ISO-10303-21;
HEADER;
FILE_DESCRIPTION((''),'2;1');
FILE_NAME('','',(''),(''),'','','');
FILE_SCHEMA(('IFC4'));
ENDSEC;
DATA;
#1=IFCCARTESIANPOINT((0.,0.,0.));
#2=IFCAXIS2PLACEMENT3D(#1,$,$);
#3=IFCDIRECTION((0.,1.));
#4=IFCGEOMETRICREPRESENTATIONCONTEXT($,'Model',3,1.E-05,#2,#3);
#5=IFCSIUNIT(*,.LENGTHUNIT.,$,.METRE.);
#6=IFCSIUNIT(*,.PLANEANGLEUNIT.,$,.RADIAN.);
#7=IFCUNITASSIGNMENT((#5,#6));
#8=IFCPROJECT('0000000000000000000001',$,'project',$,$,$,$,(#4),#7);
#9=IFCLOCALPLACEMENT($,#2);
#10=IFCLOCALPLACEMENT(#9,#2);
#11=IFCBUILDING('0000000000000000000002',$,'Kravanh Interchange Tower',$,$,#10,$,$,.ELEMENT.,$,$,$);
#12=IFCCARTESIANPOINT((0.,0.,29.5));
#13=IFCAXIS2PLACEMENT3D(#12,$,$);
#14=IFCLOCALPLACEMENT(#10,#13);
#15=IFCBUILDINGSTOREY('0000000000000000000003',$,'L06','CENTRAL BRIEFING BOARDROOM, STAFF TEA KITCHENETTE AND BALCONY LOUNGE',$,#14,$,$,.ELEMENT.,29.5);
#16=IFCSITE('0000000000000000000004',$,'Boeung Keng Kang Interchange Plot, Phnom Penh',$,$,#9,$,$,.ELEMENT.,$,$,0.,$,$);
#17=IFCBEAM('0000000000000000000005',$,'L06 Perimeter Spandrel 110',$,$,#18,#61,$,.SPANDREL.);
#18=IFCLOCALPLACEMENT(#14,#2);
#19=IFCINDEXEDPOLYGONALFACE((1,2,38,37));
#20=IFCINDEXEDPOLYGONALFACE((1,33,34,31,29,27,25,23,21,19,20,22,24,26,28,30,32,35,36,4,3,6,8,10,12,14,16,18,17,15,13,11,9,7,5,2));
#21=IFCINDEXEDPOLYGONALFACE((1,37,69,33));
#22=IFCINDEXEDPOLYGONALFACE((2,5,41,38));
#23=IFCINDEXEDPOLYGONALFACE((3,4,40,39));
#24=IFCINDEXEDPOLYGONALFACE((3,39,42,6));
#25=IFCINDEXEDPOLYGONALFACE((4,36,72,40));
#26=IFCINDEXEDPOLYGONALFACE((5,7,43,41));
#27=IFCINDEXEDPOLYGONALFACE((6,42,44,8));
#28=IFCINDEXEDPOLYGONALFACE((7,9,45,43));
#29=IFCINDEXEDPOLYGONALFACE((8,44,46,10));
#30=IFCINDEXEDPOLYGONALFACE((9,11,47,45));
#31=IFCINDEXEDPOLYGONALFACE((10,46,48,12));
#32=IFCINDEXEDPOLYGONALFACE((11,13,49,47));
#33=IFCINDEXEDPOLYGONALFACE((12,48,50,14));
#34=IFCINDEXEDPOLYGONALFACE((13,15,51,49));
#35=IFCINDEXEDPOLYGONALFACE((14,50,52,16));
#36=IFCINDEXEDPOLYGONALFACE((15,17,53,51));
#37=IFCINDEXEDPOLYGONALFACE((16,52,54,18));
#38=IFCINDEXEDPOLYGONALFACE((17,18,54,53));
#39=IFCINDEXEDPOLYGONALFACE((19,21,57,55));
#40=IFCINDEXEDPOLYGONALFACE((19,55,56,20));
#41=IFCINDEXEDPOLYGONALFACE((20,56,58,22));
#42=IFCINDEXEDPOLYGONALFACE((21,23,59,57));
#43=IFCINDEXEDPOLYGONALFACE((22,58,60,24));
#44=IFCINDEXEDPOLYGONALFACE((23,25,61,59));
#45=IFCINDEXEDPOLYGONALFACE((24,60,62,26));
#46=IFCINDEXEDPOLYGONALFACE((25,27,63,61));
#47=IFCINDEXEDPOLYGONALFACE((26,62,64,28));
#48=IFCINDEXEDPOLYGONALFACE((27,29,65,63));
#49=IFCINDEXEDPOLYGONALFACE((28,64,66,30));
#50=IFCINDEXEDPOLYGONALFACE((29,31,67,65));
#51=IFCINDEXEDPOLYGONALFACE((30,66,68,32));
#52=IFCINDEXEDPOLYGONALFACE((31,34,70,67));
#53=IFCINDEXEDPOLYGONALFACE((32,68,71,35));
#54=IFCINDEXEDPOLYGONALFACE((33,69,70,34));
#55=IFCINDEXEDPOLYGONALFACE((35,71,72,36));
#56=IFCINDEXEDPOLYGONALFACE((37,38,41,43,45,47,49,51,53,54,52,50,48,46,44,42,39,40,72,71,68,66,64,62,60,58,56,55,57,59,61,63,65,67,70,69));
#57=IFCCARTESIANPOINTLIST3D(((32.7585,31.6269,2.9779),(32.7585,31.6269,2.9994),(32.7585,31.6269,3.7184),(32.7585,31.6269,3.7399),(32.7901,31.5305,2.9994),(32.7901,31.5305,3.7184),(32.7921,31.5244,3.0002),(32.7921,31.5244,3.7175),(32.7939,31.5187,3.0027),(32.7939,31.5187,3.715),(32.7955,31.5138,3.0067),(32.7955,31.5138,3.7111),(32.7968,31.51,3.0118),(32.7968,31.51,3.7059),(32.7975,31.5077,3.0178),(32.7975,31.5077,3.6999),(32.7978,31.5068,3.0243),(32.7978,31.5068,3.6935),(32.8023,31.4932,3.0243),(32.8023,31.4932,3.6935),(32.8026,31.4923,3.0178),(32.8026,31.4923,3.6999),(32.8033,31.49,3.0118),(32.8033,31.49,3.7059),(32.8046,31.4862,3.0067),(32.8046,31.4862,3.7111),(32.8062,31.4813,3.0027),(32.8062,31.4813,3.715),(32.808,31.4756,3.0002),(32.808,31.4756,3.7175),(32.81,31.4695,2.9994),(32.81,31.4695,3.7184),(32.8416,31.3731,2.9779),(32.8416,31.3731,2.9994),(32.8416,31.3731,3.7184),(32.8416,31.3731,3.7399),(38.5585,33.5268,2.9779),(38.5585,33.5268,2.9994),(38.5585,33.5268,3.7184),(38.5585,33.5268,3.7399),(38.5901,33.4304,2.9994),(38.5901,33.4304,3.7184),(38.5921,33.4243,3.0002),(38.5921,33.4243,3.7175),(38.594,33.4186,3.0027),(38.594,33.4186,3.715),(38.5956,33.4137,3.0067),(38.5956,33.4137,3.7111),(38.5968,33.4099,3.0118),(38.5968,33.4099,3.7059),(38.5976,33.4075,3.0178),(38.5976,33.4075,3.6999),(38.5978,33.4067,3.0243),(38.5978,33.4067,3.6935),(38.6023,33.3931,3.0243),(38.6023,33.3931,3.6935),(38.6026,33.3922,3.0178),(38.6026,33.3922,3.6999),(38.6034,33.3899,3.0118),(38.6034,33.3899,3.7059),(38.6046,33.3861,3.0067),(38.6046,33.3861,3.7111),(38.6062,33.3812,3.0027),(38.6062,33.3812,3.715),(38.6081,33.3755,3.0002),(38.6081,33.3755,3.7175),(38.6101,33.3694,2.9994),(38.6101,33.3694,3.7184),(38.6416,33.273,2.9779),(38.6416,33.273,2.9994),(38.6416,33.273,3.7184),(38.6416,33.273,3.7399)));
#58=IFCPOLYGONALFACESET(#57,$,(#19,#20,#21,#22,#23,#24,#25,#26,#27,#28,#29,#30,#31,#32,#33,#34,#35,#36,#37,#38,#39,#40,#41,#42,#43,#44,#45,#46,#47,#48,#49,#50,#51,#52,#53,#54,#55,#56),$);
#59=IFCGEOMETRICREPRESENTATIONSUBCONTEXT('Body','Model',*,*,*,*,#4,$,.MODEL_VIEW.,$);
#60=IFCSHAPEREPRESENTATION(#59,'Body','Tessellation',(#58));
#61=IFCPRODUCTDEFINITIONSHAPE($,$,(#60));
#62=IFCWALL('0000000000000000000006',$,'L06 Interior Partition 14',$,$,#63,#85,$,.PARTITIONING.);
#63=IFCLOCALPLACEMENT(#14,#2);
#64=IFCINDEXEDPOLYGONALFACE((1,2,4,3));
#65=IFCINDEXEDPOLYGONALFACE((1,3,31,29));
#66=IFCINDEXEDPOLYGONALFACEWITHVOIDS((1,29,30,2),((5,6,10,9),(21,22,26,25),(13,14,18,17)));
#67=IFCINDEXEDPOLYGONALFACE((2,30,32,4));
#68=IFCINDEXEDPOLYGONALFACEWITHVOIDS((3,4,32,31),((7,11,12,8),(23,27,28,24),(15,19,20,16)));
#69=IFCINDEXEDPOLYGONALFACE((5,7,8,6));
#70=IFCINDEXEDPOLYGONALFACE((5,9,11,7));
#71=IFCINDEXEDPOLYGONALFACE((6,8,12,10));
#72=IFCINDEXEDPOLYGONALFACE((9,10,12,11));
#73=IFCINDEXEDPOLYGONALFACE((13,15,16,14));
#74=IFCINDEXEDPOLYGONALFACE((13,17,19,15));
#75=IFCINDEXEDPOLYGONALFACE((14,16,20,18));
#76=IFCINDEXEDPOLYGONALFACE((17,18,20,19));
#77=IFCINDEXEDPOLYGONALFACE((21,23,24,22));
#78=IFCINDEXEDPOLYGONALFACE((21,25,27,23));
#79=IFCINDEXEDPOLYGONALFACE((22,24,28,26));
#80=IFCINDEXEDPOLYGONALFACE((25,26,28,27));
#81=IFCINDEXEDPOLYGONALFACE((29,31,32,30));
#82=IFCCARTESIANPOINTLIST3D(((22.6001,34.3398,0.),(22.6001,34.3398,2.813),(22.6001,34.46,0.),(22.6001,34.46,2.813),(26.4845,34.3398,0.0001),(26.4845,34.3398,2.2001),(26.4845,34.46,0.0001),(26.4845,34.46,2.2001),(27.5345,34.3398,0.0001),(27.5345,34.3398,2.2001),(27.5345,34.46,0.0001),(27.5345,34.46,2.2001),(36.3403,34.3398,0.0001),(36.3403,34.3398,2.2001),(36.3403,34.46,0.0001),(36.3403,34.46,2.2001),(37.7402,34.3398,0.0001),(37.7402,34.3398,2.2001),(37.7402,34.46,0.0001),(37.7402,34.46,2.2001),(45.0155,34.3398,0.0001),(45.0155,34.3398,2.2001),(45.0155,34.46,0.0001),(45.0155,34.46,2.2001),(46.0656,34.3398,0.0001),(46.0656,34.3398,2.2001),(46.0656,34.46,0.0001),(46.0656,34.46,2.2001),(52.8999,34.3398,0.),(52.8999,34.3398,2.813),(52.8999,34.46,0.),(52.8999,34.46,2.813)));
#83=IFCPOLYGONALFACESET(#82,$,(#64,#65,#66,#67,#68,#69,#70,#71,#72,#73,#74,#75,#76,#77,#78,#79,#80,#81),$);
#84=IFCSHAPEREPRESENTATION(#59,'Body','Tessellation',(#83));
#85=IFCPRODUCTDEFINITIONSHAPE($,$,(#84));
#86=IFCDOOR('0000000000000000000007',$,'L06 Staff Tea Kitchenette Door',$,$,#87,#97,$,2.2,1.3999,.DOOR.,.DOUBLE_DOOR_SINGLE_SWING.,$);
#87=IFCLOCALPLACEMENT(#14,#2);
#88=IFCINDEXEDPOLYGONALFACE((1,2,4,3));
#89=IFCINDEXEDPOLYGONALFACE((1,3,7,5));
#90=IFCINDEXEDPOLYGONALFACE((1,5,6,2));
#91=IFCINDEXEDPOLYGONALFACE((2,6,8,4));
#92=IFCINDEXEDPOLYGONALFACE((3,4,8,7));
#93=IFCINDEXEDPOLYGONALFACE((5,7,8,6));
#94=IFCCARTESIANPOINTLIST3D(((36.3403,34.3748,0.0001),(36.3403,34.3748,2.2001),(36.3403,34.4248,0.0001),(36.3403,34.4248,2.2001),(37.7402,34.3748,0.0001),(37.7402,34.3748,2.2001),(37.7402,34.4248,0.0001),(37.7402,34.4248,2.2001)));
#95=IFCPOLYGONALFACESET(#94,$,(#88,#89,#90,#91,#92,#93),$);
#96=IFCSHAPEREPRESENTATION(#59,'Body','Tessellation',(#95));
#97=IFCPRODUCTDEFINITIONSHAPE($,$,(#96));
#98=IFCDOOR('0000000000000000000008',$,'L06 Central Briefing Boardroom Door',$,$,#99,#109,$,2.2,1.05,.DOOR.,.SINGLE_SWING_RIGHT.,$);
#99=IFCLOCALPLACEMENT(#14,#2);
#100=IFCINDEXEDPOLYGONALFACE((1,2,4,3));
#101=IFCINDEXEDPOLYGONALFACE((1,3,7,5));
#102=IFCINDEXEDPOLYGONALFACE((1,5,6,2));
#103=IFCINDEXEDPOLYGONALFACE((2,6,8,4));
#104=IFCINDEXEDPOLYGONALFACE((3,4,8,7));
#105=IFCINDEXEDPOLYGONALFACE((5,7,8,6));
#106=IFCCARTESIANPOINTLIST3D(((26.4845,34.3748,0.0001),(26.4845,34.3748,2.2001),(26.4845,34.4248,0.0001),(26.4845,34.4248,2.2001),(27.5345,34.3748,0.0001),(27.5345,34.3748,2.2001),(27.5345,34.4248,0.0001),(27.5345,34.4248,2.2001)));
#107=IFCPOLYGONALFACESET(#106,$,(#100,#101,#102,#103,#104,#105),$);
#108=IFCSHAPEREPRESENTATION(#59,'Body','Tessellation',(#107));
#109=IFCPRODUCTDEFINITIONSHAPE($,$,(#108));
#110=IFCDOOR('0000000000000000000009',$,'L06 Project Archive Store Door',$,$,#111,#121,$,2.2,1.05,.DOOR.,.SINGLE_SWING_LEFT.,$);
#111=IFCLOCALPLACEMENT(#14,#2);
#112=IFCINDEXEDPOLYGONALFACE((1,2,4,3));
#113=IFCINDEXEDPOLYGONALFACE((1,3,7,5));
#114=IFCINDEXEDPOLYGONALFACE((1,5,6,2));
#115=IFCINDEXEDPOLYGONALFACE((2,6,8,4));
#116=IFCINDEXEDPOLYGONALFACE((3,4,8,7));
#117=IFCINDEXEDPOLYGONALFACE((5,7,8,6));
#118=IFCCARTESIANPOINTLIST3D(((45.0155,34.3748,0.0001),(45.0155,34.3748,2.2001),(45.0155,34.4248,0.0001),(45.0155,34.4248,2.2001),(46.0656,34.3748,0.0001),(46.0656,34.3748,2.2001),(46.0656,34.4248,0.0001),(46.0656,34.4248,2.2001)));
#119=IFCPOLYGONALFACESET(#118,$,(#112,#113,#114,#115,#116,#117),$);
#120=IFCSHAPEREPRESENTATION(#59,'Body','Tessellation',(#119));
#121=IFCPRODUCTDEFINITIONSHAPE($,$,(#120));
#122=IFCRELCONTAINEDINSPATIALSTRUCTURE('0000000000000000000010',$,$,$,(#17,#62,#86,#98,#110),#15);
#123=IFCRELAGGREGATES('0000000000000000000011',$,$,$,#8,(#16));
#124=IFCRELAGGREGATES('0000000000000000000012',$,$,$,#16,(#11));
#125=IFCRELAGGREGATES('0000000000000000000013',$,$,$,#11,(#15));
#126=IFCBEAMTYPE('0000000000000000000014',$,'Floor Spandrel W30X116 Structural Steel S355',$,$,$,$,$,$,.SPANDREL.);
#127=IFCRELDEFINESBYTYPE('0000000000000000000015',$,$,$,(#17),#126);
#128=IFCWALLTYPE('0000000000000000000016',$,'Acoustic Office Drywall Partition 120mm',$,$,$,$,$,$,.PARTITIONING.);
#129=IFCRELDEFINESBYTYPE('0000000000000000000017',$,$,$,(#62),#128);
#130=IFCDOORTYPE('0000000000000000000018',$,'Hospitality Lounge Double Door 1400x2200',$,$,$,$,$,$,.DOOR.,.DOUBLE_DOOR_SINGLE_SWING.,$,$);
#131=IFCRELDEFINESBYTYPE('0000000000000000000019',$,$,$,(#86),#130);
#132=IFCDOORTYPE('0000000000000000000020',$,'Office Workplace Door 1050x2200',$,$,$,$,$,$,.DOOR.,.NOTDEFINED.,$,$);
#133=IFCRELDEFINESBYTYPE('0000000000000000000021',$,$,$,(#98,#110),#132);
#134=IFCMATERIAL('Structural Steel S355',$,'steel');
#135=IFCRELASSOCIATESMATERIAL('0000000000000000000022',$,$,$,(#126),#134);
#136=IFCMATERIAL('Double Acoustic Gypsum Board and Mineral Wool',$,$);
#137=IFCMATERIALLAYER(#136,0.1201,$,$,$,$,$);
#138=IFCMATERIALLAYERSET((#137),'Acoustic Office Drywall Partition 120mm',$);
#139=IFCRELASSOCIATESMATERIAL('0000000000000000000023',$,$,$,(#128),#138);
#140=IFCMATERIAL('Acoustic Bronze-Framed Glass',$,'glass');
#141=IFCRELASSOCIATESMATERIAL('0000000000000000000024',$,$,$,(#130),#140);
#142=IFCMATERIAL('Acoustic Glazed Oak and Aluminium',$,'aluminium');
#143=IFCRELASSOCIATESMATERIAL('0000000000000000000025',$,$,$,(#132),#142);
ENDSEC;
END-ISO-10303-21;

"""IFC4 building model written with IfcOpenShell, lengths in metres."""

from ifc_helpers import new_model, si_unit, direction, frame, frame_2d, origin, origin_2d, place, context, subcontext, project, spatial, rectangle, i_section, extrude, material, layer, layer_set, material_profile, profile_set, type_object, element, fill, save


model = new_model("IFC4")

# Units and contexts
model_context = context("Model", 3, precision=1e-05, world=origin(), true_north=direction((0.0, 1.0)))
body_context = subcontext(model_context, "Body", "Model", "MODEL_VIEW")
ifc_project = project(units=[si_unit("LENGTHUNIT", "METRE"), si_unit("PLANEANGLEUNIT", "RADIAN")], contexts=[model_context])

# Site, building, storey
site_placement = place(None, origin())
site = spatial("IfcSite", under=ifc_project, at=site_placement, Name="Boeung Keng Kang Interchange Plot, Phnom Penh", CompositionType="ELEMENT", RefElevation=0.0)
building_placement = place(site_placement, origin())
building = spatial("IfcBuilding", under=site, at=building_placement, Name="Kravanh Interchange Tower", CompositionType="ELEMENT")
storey_placement = place(building_placement, frame((0.0, 0.0, 29.5)))
storey = spatial("IfcBuildingStorey", under=building, at=storey_placement, Name="L06", Description="CENTRAL BRIEFING BOARDROOM, STAFF TEA KITCHENETTE AND BALCONY LOUNGE", CompositionType="ELEMENT", Elevation=29.5)

# Beam
ifc_material_1 = material(Name="Structural Steel S355", Category="steel")
ifc_material_profile_1 = material_profile(ifc_material_1, i_section(OverallWidth=0.2671, OverallDepth=0.762, WebThickness=0.0144, FlangeThickness=0.0215, FilletRadius=0.0249, at=origin_2d()), Name="W30X116")
ifc_profile_set_1 = profile_set([ifc_material_profile_1], Name="Structural Steel S355")
beam_type_1 = type_object("IfcBeamType", Name="Floor Spandrel W30X116 Structural Steel S355", PredefinedType="SPANDREL", material=ifc_profile_set_1)
beam_1_placement = place(storey_placement, frame((32.8, 31.5, 3.3589), z_axis=(0.950315, 0.311291, 0.0), x_axis=(-0.311291, 0.950315, 0.0)))
element("IfcBeam", 1, at=beam_1_placement, inside=storey, type_object=beam_type_1, Name="L06 Perimeter Spandrel 110", PredefinedType="SPANDREL", context=body_context, shape_type="SweptSolid", body=[
    extrude(i_section(OverallWidth=0.2671, OverallDepth=0.762, WebThickness=0.0144, FlangeThickness=0.0215, FilletRadius=0.0249, at=origin_2d()), origin(), (0.0, 0.0, 1.0), 6.1033),
])

# Wall, openings, doors
ifc_material_2 = material(Name="Double Acoustic Gypsum Board and Mineral Wool")
ifc_layer_1 = layer(ifc_material_2, 0.1201)
ifc_layer_set_1 = layer_set([ifc_layer_1], Name="Acoustic Office Drywall Partition 120mm")
wall_type = type_object("IfcWallType", Name="Acoustic Office Drywall Partition 120mm", PredefinedType="PARTITIONING", material=ifc_layer_set_1)
wall_placement = place(storey_placement, frame((22.6001, 34.3999, 0.0), z_axis=(0.0, 0.0, 1.0), x_axis=(1.0, 0.0, 0.0)))
wall = element("IfcWall", 2, at=wall_placement, inside=storey, type_object=wall_type, Name="L06 Interior Partition 14", PredefinedType="PARTITIONING", context=body_context, shape_type="SweptSolid", body=[
    extrude(rectangle(XDim=30.2998, YDim=0.1201, at=frame_2d((15.1499, 0.0))), origin(), (0.0, 0.0, 1.0), 2.813),
])
opening_1_placement = place(wall_placement, frame((3.8845, 0.0, 0.0)))
opening_1 = element("IfcOpeningElement", 3, at=opening_1_placement, cuts=wall, PredefinedType="OPENING", context=body_context, shape_type="SweptSolid", body=[
    extrude(rectangle(XDim=1.05, YDim=2.2, at=frame_2d((0.5249, 1.1001))), frame((0.0, 0.0701, 0.0), z_axis=(0.0, -1.0, 0.0), x_axis=(1.0, 0.0, 0.0)), (0.0, 0.0, 1.0), 0.1401),
])
opening_2_placement = place(wall_placement, frame((13.7402, 0.0, 0.0)))
opening_2 = element("IfcOpeningElement", 4, at=opening_2_placement, cuts=wall, PredefinedType="OPENING", context=body_context, shape_type="SweptSolid", body=[
    extrude(rectangle(XDim=1.3999, YDim=2.2, at=frame_2d((0.7, 1.1001))), frame((0.0, 0.0701, 0.0), z_axis=(0.0, -1.0, 0.0), x_axis=(1.0, 0.0, 0.0)), (0.0, 0.0, 1.0), 0.1401),
])
opening_3_placement = place(wall_placement, frame((22.4155, 0.0, 0.0)))
opening_3 = element("IfcOpeningElement", 5, at=opening_3_placement, cuts=wall, PredefinedType="OPENING", context=body_context, shape_type="SweptSolid", body=[
    extrude(rectangle(XDim=1.05, YDim=2.2, at=frame_2d((0.5249, 1.1001))), frame((0.0, 0.0701, 0.0), z_axis=(0.0, -1.0, 0.0), x_axis=(1.0, 0.0, 0.0)), (0.0, 0.0, 1.0), 0.1401),
])
ifc_material_3 = material(Name="Acoustic Bronze-Framed Glass", Category="glass")
door_type_1 = type_object("IfcDoorType", Name="Hospitality Lounge Double Door 1400x2200", OperationType="DOUBLE_DOOR_SINGLE_SWING", PredefinedType="DOOR", material=ifc_material_3)
door_1_placement = place(opening_2_placement, origin())
door_1 = element("IfcDoor", 6, at=door_1_placement, inside=storey, type_object=door_type_1, Name="L06 Staff Tea Kitchenette Door", OperationType="DOUBLE_DOOR_SINGLE_SWING", OverallHeight=2.2, OverallWidth=1.3999, PredefinedType="DOOR", context=body_context, shape_type="SweptSolid", body=[
    extrude(rectangle(XDim=1.3999, YDim=2.2, at=frame_2d((0.7, 1.1001))), frame((0.0, 0.0249, 0.0), z_axis=(0.0, -1.0, 0.0), x_axis=(1.0, 0.0, 0.0)), (0.0, 0.0, 1.0), 0.05),
])
fill(opening_2, door_1)
ifc_material_4 = material(Name="Acoustic Glazed Oak and Aluminium", Category="aluminium")
door_type_2 = type_object("IfcDoorType", Name="Office Workplace Door 1050x2200", OperationType="NOTDEFINED", PredefinedType="DOOR", material=ifc_material_4)
door_2_placement = place(opening_1_placement, origin())
door_2 = element("IfcDoor", 7, at=door_2_placement, inside=storey, type_object=door_type_2, Name="L06 Central Briefing Boardroom Door", OperationType="SINGLE_SWING_RIGHT", OverallHeight=2.2, OverallWidth=1.05, PredefinedType="DOOR", context=body_context, shape_type="SweptSolid", body=[
    extrude(rectangle(XDim=1.05, YDim=2.2, at=frame_2d((0.5249, 1.1001))), frame((0.0, 0.0249, 0.0), z_axis=(0.0, -1.0, 0.0), x_axis=(1.0, 0.0, 0.0)), (0.0, 0.0, 1.0), 0.05),
])
fill(opening_1, door_2)
door_3_placement = place(opening_3_placement, origin())
door_3 = element("IfcDoor", 8, at=door_3_placement, inside=storey, type_object=door_type_2, Name="L06 Project Archive Store Door", OperationType="SINGLE_SWING_LEFT", OverallHeight=2.2, OverallWidth=1.05, PredefinedType="DOOR", context=body_context, shape_type="SweptSolid", body=[
    extrude(rectangle(XDim=1.05, YDim=2.2, at=frame_2d((0.5249, 1.1001))), frame((0.0, 0.0249, 0.0), z_axis=(0.0, -1.0, 0.0), x_axis=(1.0, 0.0, 0.0)), (0.0, 0.0, 1.0), 0.05),
])
fill(opening_3, door_3)

save(model, "model.ifc")
